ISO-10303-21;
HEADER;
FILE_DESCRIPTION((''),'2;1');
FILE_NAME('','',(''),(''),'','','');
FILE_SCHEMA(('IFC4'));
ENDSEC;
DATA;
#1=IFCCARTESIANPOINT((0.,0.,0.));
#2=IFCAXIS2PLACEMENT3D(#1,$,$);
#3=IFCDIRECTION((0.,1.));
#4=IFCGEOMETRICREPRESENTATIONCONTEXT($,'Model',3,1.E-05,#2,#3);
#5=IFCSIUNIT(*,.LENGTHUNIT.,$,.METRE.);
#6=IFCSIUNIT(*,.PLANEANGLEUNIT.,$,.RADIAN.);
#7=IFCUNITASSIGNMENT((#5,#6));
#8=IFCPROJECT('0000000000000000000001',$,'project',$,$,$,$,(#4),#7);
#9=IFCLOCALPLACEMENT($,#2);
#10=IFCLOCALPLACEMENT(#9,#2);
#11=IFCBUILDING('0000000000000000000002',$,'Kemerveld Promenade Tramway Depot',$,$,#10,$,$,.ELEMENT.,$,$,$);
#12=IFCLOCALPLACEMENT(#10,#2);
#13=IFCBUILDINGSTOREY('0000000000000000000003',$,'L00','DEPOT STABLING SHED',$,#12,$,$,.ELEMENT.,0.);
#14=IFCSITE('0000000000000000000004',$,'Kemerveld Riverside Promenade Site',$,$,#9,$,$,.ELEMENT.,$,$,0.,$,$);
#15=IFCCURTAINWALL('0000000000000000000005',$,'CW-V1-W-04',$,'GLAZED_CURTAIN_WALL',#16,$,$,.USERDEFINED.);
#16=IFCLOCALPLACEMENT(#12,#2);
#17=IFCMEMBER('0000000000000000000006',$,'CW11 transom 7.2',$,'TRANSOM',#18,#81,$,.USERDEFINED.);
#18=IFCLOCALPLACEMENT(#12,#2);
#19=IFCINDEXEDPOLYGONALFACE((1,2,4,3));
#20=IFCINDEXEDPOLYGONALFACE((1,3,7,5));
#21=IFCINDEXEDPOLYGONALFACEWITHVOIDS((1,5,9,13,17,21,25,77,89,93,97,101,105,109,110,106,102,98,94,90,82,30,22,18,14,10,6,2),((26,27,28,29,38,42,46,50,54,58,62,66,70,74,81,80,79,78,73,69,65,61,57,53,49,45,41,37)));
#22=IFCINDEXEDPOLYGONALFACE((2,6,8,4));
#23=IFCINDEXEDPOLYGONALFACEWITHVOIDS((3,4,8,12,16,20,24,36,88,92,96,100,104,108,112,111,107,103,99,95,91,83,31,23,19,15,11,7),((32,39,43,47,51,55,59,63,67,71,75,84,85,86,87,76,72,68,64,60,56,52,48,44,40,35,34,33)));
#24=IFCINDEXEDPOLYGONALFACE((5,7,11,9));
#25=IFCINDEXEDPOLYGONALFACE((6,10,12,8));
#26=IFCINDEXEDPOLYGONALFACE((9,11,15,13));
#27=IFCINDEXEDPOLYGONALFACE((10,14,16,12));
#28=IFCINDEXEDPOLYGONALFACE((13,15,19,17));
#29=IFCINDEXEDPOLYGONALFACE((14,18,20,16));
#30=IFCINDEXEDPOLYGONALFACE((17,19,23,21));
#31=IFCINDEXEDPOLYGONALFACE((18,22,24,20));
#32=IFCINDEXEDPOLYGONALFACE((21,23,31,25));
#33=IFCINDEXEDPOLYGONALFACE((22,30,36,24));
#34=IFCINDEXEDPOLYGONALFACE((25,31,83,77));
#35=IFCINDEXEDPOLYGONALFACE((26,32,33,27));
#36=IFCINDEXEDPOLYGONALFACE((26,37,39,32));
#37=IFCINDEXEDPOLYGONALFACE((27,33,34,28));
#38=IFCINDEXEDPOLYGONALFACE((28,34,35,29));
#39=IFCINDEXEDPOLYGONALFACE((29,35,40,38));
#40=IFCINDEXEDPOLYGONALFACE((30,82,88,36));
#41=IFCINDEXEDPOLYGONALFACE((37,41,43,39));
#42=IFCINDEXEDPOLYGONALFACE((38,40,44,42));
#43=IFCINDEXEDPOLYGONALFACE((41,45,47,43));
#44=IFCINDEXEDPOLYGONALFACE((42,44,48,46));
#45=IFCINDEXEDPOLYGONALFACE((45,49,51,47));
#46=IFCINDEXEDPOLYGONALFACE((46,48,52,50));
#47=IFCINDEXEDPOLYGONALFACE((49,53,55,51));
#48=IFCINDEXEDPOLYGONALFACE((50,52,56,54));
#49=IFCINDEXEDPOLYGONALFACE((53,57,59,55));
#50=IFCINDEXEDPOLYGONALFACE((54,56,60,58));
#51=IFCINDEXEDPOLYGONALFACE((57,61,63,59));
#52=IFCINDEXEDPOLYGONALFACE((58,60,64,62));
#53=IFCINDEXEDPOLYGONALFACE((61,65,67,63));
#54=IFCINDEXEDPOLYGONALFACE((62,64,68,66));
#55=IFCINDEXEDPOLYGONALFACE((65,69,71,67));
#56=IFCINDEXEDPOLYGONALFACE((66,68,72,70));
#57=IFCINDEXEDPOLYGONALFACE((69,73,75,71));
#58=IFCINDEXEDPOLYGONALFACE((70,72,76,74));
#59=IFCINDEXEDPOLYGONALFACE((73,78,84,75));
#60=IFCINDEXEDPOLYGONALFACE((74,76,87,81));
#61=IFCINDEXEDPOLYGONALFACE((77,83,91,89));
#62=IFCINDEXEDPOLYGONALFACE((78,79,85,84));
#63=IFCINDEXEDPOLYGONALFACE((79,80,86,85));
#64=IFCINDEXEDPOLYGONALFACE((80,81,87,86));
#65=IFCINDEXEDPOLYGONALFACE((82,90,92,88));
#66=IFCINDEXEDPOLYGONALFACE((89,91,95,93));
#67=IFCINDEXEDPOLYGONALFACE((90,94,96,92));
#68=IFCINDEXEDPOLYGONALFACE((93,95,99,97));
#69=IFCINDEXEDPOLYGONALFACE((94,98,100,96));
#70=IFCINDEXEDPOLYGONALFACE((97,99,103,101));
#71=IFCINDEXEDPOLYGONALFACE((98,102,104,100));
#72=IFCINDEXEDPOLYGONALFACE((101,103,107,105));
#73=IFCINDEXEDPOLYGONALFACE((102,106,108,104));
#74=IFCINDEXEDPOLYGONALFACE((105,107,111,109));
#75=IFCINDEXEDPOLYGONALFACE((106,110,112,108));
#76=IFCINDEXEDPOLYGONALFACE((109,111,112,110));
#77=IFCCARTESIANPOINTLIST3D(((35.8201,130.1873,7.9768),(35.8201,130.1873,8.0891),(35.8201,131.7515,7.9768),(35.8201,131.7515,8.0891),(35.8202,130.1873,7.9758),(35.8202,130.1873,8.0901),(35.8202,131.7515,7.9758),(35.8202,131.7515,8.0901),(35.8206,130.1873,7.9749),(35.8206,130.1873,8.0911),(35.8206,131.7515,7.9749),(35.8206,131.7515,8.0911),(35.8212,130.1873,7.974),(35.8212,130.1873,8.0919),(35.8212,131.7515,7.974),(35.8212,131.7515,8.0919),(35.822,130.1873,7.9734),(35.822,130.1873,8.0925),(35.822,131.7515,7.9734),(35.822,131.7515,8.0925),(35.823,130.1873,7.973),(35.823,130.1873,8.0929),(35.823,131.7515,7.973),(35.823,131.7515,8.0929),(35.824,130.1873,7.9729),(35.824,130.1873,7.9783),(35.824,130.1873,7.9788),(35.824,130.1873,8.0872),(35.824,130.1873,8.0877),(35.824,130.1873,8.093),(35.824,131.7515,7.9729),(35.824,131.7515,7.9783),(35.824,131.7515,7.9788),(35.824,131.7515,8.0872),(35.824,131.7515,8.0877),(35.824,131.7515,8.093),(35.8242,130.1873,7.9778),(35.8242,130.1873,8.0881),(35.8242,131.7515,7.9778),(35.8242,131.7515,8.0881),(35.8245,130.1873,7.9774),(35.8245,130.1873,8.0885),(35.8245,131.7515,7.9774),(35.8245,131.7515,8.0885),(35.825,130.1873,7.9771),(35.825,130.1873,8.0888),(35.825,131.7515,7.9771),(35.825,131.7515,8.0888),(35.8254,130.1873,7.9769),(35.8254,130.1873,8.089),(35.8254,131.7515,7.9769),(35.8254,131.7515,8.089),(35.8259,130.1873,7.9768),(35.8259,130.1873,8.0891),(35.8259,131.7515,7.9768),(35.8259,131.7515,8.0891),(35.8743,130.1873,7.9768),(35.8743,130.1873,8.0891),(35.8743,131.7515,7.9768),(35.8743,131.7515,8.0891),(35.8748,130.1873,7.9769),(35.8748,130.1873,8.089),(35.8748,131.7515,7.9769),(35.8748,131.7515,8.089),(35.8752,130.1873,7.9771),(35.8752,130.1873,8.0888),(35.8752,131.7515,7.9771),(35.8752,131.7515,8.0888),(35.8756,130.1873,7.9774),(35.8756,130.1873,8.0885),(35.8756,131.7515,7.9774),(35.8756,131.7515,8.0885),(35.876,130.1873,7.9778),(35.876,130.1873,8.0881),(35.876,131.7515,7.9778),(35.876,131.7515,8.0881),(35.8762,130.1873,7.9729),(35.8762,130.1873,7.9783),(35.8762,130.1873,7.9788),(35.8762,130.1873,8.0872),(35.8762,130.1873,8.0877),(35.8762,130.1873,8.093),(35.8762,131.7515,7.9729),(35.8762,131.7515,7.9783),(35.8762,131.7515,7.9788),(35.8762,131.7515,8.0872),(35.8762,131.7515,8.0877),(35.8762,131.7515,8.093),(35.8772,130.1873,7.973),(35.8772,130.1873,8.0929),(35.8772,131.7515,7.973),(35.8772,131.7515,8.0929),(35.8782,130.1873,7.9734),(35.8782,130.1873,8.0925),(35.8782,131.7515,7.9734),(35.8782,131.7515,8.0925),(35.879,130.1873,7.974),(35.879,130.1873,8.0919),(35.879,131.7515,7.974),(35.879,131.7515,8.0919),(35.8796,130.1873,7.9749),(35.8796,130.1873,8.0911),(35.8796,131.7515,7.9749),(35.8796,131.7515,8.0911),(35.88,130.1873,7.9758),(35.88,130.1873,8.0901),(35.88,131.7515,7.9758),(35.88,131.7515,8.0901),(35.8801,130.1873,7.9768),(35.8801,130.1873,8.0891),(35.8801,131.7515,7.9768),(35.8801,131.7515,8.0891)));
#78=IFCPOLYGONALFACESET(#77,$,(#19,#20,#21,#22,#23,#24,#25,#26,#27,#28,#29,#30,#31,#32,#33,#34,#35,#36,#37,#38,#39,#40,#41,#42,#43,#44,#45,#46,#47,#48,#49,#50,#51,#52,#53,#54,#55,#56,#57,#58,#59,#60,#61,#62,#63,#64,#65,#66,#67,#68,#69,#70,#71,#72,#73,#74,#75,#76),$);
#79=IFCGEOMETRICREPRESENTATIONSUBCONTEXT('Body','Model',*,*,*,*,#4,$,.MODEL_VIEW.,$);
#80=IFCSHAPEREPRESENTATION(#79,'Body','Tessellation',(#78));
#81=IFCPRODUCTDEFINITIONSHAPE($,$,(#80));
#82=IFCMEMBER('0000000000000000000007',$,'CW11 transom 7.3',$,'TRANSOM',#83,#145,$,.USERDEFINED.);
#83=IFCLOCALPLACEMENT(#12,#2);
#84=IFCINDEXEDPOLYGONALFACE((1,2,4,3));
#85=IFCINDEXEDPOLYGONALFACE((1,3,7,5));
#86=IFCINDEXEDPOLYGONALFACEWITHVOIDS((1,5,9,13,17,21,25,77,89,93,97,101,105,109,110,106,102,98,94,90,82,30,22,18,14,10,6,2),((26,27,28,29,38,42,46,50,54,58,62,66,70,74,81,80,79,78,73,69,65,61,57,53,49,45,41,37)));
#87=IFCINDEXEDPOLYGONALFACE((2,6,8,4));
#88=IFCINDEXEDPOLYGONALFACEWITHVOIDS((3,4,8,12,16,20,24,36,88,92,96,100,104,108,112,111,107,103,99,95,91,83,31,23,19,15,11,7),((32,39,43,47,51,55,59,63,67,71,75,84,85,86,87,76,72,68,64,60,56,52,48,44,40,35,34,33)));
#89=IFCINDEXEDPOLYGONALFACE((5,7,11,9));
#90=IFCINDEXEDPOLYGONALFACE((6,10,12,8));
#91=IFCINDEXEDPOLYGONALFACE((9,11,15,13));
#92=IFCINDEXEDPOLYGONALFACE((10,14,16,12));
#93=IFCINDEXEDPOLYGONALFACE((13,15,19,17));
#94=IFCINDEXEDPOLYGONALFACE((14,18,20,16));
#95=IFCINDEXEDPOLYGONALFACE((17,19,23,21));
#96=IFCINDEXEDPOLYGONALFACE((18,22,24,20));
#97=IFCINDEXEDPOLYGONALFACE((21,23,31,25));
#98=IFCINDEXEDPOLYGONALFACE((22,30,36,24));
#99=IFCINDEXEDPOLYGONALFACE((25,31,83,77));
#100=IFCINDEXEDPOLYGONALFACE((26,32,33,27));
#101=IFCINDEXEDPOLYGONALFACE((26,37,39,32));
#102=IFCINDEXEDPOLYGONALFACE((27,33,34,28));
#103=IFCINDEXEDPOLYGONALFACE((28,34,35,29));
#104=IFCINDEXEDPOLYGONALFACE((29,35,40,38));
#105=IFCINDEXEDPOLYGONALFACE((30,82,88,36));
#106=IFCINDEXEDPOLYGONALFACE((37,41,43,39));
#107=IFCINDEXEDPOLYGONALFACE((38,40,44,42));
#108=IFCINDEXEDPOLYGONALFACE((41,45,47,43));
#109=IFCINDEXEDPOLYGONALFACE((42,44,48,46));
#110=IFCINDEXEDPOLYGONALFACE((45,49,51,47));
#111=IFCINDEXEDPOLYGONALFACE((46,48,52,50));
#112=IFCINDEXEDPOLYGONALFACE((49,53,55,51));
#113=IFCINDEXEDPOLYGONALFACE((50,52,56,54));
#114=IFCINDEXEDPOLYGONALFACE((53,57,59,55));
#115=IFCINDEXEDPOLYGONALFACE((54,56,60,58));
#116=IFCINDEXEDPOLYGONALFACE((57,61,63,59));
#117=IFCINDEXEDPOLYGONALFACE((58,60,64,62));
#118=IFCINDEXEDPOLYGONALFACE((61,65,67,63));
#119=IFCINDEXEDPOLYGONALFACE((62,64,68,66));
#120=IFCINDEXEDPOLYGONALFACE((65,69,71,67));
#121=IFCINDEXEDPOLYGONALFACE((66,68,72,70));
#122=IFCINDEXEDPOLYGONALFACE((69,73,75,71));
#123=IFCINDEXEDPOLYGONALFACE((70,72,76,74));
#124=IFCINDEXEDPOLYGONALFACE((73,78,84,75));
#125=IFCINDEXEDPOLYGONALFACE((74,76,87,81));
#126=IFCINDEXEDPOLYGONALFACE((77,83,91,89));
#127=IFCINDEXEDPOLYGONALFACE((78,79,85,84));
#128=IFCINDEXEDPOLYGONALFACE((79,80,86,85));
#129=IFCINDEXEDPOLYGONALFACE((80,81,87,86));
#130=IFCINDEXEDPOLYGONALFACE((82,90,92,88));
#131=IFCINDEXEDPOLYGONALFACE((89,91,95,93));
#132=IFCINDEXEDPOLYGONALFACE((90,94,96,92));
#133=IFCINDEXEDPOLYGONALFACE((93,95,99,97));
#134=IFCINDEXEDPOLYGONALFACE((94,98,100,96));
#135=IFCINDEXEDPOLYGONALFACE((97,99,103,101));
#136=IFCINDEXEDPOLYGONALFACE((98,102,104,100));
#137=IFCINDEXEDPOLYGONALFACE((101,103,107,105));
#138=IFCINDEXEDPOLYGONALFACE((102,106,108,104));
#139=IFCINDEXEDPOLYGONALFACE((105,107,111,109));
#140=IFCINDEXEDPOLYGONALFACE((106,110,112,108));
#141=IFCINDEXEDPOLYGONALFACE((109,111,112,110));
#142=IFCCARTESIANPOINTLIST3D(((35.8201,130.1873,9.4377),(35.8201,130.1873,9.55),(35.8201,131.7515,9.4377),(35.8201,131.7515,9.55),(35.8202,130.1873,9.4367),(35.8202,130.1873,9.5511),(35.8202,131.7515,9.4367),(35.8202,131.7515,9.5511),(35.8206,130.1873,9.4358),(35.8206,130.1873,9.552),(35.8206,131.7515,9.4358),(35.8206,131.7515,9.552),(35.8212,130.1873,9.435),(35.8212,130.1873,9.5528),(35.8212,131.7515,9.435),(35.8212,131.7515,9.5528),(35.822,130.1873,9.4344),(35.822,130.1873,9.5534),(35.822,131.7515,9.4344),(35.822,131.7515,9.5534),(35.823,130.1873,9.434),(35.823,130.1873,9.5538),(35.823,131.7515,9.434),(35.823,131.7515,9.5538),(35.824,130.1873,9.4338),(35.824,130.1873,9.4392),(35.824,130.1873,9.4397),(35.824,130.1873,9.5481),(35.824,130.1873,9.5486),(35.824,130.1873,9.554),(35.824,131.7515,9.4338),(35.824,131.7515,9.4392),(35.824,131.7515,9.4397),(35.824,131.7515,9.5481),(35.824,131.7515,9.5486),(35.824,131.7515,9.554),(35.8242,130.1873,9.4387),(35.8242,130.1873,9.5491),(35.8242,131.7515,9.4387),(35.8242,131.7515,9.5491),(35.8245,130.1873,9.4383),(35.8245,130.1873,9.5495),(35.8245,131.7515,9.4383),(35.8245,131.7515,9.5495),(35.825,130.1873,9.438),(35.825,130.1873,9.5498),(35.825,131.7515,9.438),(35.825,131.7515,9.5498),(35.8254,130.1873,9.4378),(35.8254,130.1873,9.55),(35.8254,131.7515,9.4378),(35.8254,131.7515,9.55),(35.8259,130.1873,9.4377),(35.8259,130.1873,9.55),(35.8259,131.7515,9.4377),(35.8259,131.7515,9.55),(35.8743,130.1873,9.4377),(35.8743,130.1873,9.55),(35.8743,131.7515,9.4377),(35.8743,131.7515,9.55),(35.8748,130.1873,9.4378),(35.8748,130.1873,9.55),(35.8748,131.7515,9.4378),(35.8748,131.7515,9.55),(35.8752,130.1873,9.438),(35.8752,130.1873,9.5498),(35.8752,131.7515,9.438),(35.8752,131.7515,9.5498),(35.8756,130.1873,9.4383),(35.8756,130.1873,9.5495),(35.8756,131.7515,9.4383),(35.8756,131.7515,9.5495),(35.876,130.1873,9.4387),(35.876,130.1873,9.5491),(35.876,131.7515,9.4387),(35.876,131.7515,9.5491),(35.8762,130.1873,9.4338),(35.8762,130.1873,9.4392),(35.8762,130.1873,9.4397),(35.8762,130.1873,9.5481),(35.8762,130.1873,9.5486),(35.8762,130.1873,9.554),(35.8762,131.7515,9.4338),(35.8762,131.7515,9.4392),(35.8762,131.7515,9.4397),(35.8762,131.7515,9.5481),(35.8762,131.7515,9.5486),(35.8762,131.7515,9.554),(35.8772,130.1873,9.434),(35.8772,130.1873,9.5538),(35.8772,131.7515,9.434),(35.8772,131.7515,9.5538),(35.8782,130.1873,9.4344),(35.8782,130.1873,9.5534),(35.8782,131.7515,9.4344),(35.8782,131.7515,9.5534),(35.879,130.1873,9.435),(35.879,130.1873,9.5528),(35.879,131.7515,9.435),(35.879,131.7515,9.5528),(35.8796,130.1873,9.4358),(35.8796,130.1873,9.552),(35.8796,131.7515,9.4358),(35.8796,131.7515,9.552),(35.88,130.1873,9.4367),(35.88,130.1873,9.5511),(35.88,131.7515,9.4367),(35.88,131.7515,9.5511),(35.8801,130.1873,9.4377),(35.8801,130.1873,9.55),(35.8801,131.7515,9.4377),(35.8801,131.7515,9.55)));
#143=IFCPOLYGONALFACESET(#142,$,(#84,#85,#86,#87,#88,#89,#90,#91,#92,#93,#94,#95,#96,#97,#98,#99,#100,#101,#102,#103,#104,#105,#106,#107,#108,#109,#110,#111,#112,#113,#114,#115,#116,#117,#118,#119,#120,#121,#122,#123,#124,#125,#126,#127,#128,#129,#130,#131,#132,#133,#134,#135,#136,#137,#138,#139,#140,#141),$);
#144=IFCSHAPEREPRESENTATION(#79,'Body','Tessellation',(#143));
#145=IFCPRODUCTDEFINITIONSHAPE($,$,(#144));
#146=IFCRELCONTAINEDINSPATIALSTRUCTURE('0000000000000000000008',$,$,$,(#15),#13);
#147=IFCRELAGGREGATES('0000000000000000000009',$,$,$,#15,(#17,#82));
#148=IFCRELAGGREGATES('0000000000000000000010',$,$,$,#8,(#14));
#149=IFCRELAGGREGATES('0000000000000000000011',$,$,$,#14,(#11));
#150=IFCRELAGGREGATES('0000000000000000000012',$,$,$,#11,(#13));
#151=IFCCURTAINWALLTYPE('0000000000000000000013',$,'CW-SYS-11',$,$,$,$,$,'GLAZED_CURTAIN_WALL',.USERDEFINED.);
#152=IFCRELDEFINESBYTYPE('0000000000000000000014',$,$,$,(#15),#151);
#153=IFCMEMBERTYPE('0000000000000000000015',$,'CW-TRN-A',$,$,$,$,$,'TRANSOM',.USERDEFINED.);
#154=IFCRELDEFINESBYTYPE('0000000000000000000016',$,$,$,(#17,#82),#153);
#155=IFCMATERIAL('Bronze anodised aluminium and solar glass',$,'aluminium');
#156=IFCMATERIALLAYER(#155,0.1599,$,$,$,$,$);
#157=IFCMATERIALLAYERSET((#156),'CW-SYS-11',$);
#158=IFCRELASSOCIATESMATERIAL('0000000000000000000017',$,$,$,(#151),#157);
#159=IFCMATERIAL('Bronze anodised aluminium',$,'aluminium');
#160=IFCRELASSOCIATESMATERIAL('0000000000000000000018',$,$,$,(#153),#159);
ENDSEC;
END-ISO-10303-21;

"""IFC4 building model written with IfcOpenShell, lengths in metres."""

from ifc_helpers import new_model, si_unit, direction, frame, origin, origin_2d, place, context, subcontext, project, spatial, hollow_rectangle, extrude, material, layer, layer_set, material_profile, profile_set, type_object, element, aggregate, save


model = new_model("IFC4")

# Units and contexts
model_context = context("Model", 3, precision=1e-05, world=origin(), true_north=direction((0.0, 1.0)))
body_context = subcontext(model_context, "Body", "Model", "MODEL_VIEW")
ifc_project = project(units=[si_unit("LENGTHUNIT", "METRE"), si_unit("PLANEANGLEUNIT", "RADIAN")], contexts=[model_context])

# Site, building, storey
site_placement = place(None, origin())
site = spatial("IfcSite", under=ifc_project, at=site_placement, Name="Kemerveld Riverside Promenade Site", CompositionType="ELEMENT", RefElevation=0.0)
building_placement = place(site_placement, origin())
building = spatial("IfcBuilding", under=site, at=building_placement, Name="Kemerveld Promenade Tramway Depot", CompositionType="ELEMENT")
storey_placement = place(building_placement, origin())
storey = spatial("IfcBuildingStorey", under=building, at=storey_placement, Name="L00", Description="DEPOT STABLING SHED", CompositionType="ELEMENT", Elevation=0.0)

# Curtain wall
ifc_material_1 = material(Name="Bronze anodised aluminium and solar glass", Category="aluminium")
ifc_layer_1 = layer(ifc_material_1, 0.1599)
ifc_layer_set_1 = layer_set([ifc_layer_1], Name="CW-SYS-11")
curtain_wall_type_1 = type_object("IfcCurtainWallType", Name="CW-SYS-11", ElementType="GLAZED_CURTAIN_WALL", PredefinedType="USERDEFINED", material=ifc_layer_set_1)
curtain_wall_1_placement = place(storey_placement, origin())
curtain_wall_1 = element("IfcCurtainWall", 1, at=curtain_wall_1_placement, inside=storey, type_object=curtain_wall_type_1, Name="CW-V1-W-04", ObjectType="GLAZED_CURTAIN_WALL", PredefinedType="USERDEFINED")
ifc_material_2 = material(Name="Bronze anodised aluminium", Category="aluminium")

# Members
ifc_material_profile_1 = material_profile(ifc_material_2, hollow_rectangle(XDim=0.0601, YDim=0.1201, WallThickness=0.0039, InnerFilletRadius=0.002, OuterFilletRadius=0.0039, at=origin_2d()), Name="CW-TRN-120x60")
ifc_profile_set_1 = profile_set([ifc_material_profile_1], Name="Bronze anodised aluminium")
member_type_1 = type_object("IfcMemberType", Name="CW-TRN-A", ElementType="TRANSOM", PredefinedType="USERDEFINED", material=ifc_profile_set_1)
member_1_placement = place(storey_placement, frame((35.8501, 130.1873, 8.033), z_axis=(0.0, 1.0, 0.0), x_axis=(-1.0, 0.0, 0.0)))
member_1 = element("IfcMember", 2, at=member_1_placement, type_object=member_type_1, Name="CW11 transom 7.2", ObjectType="TRANSOM", PredefinedType="USERDEFINED", context=body_context, shape_type="SweptSolid", body=[
    extrude(hollow_rectangle(XDim=0.0601, YDim=0.1201, WallThickness=0.0039, InnerFilletRadius=0.002, OuterFilletRadius=0.0039, at=origin_2d()), origin(), (0.0, 0.0, 1.0), 1.5642),
])
member_2_placement = place(storey_placement, frame((35.8501, 130.1873, 9.4939), z_axis=(0.0, 1.0, 0.0), x_axis=(-1.0, 0.0, 0.0)))
member_2 = element("IfcMember", 3, at=member_2_placement, type_object=member_type_1, Name="CW11 transom 7.3", ObjectType="TRANSOM", PredefinedType="USERDEFINED", context=body_context, shape_type="SweptSolid", body=[
    extrude(hollow_rectangle(XDim=0.0601, YDim=0.1201, WallThickness=0.0039, InnerFilletRadius=0.002, OuterFilletRadius=0.0039, at=origin_2d()), origin(), (0.0, 0.0, 1.0), 1.5642),
])

aggregate(curtain_wall_1, [member_1, member_2])

save(model, "model.ifc")
